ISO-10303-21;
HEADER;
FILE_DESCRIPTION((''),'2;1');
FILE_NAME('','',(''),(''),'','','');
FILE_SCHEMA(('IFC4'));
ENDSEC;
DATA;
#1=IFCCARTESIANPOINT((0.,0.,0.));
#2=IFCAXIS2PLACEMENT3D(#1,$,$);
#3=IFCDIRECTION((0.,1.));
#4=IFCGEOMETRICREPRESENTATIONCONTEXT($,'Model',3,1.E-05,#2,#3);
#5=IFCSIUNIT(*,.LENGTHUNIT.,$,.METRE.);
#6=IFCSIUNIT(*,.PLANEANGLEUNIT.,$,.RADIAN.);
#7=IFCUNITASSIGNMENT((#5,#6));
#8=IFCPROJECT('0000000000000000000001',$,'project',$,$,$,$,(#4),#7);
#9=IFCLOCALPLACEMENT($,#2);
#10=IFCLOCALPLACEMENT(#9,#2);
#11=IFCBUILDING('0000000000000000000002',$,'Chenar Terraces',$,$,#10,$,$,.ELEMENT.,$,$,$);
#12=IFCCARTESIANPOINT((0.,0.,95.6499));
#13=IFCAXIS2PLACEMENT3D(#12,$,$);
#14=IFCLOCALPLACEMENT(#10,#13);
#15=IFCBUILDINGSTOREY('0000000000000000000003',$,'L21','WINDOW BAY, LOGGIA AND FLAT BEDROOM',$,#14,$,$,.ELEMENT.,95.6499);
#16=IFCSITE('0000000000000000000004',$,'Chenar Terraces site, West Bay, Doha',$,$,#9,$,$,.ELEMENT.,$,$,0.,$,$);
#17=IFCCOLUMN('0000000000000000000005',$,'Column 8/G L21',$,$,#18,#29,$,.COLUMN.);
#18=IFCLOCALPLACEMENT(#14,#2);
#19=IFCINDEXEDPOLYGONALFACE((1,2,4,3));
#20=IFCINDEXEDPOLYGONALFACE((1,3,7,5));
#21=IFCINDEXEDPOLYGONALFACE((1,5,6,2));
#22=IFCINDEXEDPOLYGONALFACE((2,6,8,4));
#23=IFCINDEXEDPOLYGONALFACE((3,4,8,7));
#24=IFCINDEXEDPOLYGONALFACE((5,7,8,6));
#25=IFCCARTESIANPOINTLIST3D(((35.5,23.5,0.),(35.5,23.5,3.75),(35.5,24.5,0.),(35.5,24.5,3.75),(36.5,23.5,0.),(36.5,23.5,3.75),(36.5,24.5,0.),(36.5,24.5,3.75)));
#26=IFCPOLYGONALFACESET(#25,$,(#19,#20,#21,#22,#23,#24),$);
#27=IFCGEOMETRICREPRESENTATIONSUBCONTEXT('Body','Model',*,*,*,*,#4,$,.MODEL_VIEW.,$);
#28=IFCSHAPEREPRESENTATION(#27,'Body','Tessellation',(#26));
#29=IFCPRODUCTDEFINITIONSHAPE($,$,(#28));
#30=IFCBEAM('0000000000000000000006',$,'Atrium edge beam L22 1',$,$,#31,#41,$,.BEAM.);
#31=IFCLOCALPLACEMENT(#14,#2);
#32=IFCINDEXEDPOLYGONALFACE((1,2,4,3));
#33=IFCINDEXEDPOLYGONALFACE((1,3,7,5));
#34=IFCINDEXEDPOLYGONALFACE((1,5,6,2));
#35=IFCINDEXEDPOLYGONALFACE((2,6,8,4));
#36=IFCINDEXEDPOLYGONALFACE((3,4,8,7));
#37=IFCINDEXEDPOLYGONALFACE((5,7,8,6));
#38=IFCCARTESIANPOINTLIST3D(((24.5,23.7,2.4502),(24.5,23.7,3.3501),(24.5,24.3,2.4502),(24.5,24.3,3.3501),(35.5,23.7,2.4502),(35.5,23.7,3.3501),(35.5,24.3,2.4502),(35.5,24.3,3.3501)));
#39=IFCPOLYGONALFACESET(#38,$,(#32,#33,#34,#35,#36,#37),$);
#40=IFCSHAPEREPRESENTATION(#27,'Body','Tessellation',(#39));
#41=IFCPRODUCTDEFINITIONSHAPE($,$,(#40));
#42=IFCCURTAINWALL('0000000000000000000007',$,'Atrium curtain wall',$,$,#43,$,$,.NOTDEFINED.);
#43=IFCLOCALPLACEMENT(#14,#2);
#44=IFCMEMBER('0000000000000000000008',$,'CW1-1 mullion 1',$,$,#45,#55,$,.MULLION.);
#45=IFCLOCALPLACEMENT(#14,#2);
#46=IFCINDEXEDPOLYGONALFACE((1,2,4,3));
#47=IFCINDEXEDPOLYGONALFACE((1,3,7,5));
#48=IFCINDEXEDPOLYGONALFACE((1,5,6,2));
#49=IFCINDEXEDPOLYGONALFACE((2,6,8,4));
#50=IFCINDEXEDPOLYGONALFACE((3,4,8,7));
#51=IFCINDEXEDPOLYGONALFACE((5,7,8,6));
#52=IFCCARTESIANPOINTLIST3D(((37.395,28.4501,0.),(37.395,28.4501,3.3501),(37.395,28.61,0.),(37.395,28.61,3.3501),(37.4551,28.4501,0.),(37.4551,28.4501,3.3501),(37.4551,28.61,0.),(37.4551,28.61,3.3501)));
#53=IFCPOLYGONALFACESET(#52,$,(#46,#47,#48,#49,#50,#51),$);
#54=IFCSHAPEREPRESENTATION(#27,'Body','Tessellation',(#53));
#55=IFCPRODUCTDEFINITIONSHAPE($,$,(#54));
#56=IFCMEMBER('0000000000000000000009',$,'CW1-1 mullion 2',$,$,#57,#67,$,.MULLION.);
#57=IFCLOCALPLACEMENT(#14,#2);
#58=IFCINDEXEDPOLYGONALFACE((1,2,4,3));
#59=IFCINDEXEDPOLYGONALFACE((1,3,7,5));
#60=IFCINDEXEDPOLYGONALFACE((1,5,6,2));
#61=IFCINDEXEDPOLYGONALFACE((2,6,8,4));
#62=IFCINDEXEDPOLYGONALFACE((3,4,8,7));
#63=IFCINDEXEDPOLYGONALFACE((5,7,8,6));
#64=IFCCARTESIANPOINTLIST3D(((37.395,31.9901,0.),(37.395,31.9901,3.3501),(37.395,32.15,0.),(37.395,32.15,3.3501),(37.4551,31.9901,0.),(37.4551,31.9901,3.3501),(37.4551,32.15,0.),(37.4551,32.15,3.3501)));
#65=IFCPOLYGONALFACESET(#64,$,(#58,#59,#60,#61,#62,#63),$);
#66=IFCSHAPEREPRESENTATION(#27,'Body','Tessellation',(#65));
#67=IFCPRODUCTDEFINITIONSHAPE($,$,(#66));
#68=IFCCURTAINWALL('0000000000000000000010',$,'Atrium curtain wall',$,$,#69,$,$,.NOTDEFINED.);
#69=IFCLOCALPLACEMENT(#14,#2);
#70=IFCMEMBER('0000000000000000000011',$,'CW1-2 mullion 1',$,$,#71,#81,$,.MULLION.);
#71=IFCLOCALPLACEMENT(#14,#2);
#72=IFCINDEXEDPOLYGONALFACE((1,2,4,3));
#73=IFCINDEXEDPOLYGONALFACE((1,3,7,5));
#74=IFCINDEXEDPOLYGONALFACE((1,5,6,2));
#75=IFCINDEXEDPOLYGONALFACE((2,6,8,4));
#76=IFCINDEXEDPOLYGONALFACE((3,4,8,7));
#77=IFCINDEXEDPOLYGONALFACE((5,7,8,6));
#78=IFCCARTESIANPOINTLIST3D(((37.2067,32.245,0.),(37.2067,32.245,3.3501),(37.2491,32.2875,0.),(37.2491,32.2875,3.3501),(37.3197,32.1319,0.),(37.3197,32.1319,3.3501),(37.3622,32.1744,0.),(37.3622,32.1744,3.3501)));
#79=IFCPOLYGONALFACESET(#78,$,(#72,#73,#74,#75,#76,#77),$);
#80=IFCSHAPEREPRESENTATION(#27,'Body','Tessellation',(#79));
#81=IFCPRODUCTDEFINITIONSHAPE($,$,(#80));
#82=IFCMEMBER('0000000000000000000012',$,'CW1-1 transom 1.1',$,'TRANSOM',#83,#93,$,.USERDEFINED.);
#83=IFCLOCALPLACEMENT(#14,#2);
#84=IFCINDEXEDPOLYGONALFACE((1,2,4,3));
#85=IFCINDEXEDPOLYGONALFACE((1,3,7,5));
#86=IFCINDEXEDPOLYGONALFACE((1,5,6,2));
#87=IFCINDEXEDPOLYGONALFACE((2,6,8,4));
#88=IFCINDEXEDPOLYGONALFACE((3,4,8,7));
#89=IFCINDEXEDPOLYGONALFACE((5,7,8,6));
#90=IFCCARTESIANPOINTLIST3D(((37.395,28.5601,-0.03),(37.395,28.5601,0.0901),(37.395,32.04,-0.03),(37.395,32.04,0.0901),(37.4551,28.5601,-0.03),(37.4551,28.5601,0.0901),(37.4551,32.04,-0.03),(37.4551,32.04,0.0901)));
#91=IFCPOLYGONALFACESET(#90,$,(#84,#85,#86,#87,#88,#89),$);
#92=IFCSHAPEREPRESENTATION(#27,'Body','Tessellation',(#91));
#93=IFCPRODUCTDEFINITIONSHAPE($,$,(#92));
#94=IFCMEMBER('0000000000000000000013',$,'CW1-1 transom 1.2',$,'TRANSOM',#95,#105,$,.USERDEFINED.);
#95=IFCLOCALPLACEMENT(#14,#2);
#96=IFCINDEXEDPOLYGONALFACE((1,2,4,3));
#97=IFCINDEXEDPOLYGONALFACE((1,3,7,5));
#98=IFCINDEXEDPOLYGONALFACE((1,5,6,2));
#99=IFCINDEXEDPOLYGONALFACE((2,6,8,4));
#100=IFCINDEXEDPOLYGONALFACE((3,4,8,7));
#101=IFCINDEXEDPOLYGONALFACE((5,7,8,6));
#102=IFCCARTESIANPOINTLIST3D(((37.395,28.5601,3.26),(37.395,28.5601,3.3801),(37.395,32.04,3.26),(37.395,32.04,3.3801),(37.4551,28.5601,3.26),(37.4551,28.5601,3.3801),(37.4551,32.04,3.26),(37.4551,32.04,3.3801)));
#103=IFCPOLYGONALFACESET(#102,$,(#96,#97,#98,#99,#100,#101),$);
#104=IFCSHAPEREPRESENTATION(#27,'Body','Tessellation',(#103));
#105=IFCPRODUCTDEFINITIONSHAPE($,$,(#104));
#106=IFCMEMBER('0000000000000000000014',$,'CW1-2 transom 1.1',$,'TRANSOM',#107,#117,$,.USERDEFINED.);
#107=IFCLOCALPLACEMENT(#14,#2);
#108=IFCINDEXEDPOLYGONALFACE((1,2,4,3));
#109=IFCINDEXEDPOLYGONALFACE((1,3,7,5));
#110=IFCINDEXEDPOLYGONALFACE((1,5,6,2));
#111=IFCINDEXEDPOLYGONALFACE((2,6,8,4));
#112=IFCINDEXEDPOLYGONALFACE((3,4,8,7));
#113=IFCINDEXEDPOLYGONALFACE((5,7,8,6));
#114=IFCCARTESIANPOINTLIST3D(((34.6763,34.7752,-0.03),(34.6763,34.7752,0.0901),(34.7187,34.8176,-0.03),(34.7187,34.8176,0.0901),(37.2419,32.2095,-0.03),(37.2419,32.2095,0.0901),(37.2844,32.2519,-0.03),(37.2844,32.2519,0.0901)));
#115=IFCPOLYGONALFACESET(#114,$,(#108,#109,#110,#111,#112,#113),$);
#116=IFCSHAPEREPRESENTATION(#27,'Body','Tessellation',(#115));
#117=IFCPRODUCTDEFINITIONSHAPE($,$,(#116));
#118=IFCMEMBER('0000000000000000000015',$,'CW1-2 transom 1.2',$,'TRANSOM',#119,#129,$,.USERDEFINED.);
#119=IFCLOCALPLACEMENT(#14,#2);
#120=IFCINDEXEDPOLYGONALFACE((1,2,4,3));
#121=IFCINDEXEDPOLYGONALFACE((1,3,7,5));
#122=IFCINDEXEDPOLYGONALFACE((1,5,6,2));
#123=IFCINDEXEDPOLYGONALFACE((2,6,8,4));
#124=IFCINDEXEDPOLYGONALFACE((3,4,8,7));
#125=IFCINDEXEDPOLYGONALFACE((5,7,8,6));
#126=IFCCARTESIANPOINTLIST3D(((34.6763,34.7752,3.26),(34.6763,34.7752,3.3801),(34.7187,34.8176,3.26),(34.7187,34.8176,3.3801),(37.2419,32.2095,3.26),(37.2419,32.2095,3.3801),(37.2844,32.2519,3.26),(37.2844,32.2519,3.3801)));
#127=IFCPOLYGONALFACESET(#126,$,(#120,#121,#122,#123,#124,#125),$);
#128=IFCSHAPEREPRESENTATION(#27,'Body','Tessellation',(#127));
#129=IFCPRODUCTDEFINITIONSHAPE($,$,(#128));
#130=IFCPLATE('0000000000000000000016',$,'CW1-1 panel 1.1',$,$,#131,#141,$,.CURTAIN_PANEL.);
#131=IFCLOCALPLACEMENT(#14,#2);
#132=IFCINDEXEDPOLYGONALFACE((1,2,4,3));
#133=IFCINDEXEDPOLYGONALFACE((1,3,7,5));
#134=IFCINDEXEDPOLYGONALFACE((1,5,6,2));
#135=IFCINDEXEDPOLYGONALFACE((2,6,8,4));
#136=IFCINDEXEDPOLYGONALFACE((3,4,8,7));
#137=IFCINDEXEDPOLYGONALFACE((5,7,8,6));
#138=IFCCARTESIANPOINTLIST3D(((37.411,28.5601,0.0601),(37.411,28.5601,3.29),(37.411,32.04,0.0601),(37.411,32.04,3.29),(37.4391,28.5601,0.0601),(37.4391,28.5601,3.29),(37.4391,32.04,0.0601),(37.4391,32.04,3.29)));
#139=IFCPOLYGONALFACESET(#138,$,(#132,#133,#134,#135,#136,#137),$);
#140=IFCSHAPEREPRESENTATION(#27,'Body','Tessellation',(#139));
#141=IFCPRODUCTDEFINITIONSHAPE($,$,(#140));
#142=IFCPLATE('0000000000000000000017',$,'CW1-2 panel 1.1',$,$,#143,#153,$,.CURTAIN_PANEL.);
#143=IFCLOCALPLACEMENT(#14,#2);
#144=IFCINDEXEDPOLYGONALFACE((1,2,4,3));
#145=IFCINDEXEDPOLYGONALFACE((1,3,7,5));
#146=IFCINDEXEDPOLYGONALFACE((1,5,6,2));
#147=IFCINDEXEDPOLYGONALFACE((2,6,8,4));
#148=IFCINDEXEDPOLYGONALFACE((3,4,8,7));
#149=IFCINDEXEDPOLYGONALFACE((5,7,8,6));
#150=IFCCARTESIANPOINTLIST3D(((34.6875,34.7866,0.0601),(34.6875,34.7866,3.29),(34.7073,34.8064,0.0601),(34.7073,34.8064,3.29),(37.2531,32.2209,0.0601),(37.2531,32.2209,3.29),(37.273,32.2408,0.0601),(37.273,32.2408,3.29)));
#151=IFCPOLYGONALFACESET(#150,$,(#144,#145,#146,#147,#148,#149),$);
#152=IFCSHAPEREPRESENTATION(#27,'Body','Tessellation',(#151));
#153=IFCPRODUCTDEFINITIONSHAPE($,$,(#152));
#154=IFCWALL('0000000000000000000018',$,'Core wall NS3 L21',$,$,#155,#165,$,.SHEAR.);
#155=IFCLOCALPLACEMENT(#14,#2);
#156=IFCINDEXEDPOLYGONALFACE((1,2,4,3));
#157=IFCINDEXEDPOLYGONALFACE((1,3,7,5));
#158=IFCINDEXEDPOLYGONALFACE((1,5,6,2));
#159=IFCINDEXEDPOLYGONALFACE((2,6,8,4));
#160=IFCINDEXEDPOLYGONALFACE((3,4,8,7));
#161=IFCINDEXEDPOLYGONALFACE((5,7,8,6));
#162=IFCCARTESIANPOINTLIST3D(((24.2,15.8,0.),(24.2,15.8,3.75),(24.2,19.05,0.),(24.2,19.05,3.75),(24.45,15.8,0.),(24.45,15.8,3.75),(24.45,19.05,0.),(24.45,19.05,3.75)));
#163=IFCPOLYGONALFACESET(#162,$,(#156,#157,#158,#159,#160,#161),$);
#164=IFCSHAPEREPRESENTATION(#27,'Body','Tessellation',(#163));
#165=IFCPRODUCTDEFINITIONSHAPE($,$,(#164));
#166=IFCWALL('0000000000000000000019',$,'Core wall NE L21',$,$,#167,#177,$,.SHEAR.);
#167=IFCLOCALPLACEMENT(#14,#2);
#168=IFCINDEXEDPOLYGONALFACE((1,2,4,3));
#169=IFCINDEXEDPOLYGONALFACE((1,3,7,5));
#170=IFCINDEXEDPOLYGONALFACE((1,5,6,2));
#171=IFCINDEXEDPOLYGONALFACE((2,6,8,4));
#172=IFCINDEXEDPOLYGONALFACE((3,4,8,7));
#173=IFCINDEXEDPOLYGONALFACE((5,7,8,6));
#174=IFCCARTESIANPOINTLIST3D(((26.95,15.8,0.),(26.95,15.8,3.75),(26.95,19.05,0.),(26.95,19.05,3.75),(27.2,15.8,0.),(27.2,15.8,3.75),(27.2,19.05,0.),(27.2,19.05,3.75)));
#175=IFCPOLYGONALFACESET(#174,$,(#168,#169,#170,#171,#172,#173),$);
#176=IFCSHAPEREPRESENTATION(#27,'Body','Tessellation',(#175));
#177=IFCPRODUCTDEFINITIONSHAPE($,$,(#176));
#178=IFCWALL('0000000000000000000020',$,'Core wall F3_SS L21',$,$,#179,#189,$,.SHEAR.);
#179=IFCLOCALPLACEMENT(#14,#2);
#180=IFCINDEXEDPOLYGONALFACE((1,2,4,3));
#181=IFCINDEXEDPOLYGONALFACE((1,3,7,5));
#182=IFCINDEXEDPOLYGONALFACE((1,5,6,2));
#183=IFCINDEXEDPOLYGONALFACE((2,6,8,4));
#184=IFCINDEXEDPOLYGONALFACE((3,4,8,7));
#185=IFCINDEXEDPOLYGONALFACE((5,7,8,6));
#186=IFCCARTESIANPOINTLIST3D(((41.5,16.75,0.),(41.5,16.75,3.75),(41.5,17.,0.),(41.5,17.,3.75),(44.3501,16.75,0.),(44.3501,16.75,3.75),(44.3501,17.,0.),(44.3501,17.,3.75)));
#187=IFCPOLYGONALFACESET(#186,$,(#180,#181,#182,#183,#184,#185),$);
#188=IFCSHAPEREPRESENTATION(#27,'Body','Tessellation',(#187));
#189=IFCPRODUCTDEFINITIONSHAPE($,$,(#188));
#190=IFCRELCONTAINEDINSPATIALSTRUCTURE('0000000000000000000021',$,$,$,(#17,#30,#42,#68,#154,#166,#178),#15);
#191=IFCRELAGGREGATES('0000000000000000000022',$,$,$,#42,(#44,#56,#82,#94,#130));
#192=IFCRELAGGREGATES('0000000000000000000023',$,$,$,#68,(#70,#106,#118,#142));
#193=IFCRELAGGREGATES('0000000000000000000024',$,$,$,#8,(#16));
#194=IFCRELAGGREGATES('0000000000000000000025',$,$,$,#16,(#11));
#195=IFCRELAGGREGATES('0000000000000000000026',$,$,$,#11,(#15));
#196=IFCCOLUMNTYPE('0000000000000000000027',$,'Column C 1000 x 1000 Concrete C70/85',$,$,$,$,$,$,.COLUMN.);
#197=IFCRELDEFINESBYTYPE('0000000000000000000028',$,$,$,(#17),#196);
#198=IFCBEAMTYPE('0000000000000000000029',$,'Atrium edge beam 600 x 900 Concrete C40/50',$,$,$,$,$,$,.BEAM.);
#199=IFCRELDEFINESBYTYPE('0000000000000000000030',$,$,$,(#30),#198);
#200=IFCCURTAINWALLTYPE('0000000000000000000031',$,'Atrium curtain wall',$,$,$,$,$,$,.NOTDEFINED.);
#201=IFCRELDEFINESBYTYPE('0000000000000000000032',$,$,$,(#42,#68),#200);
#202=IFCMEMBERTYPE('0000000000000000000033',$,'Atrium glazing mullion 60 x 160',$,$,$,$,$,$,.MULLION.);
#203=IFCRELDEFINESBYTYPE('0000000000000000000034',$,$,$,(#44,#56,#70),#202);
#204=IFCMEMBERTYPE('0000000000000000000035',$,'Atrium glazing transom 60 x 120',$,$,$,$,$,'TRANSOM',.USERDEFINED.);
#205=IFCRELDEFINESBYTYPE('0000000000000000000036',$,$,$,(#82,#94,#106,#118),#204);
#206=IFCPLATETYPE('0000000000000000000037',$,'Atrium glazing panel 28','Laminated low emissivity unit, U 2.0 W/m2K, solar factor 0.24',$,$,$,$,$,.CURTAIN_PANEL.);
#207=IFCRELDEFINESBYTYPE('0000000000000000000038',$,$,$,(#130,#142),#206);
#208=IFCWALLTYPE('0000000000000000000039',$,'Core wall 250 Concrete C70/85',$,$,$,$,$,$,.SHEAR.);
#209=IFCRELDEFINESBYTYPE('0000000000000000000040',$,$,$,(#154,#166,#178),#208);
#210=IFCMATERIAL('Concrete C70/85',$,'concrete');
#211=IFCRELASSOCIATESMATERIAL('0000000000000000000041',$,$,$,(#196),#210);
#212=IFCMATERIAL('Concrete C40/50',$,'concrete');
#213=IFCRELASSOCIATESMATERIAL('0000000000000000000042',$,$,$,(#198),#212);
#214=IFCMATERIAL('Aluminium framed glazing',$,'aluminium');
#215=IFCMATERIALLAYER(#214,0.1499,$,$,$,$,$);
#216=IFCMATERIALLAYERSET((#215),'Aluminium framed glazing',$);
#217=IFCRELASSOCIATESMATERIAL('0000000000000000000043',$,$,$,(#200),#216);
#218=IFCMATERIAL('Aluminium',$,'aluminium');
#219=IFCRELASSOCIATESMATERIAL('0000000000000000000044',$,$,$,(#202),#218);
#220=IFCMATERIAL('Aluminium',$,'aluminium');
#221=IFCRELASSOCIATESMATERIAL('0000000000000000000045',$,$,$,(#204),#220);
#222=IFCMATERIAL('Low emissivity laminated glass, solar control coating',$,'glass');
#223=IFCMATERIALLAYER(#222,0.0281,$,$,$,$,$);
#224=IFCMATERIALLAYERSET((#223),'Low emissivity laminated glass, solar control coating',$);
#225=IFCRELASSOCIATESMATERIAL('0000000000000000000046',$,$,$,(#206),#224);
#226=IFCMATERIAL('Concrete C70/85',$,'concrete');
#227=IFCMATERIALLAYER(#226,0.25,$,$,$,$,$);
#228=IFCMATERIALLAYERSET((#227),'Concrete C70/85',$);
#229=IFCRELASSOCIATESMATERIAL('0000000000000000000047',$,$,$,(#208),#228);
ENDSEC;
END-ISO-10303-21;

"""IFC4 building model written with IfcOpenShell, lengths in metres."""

from ifc_helpers import new_model, si_unit, direction, frame, frame_2d, origin, origin_2d, place, context, subcontext, project, spatial, rectangle, extrude, material, layer, layer_set, material_profile, profile_set, type_object, element, aggregate, save


model = new_model("IFC4")

# Units and contexts
model_context = context("Model", 3, precision=1e-05, world=origin(), true_north=direction((0.0, 1.0)))
body_context = subcontext(model_context, "Body", "Model", "MODEL_VIEW")
ifc_project = project(units=[si_unit("LENGTHUNIT", "METRE"), si_unit("PLANEANGLEUNIT", "RADIAN")], contexts=[model_context])

# Site, building, storey
site_placement = place(None, origin())
site = spatial("IfcSite", under=ifc_project, at=site_placement, Name="Chenar Terraces site, West Bay, Doha", CompositionType="ELEMENT", RefElevation=0.0)
building_placement = place(site_placement, origin())
building = spatial("IfcBuilding", under=site, at=building_placement, Name="Chenar Terraces", CompositionType="ELEMENT")
storey_placement = place(building_placement, frame((0.0, 0.0, 95.6499)))
storey = spatial("IfcBuildingStorey", under=building, at=storey_placement, Name="L21", Description="WINDOW BAY, LOGGIA AND FLAT BEDROOM", CompositionType="ELEMENT", Elevation=95.6499)

# Column
ifc_material_1 = material(Name="Concrete C70/85", Category="concrete")
ifc_material_profile_1 = material_profile(ifc_material_1, rectangle(XDim=1.0, YDim=1.0, at=origin_2d()), Name="C 1000 x 1000")
ifc_profile_set_1 = profile_set([ifc_material_profile_1], Name="Concrete C70/85")
column_type = type_object("IfcColumnType", Name="Column C 1000 x 1000 Concrete C70/85", PredefinedType="COLUMN", material=ifc_profile_set_1)
column_placement = place(storey_placement, frame((36.0, 24.0, 0.0), z_axis=(0.0, 0.0, 1.0), x_axis=(1.0, 0.0, 0.0)))
element("IfcColumn", 1, at=column_placement, inside=storey, type_object=column_type, Name="Column 8/G L21", PredefinedType="COLUMN", context=body_context, shape_type="SweptSolid", body=[
    extrude(rectangle(XDim=1.0, YDim=1.0, at=origin_2d()), origin(), (0.0, 0.0, 1.0), 3.75),
])

# Beam
ifc_material_2 = material(Name="Concrete C40/50", Category="concrete")
ifc_material_profile_2 = material_profile(ifc_material_2, rectangle(XDim=0.6001, YDim=0.8999, at=origin_2d()), Name="RC 600 x 900")
ifc_profile_set_2 = profile_set([ifc_material_profile_2], Name="Concrete C40/50")
beam_type = type_object("IfcBeamType", Name="Atrium edge beam 600 x 900 Concrete C40/50", PredefinedType="BEAM", material=ifc_profile_set_2)
beam_placement = place(storey_placement, frame((24.5, 24.0, 2.9001), z_axis=(1.0, 0.0, 0.0), x_axis=(0.0, 1.0, 0.0)))
element("IfcBeam", 2, at=beam_placement, inside=storey, type_object=beam_type, Name="Atrium edge beam L22 1", PredefinedType="BEAM", context=body_context, shape_type="SweptSolid", body=[
    extrude(rectangle(XDim=0.6001, YDim=0.8999, at=origin_2d()), origin(), (0.0, 0.0, 1.0), 11.0),
])

# Curtain wall, members
ifc_material_3 = material(Name="Aluminium framed glazing", Category="aluminium")
ifc_layer_1 = layer(ifc_material_3, 0.1499)
ifc_layer_set_1 = layer_set([ifc_layer_1], Name="Aluminium framed glazing")
curtain_wall_type = type_object("IfcCurtainWallType", Name="Atrium curtain wall", PredefinedType="NOTDEFINED", material=ifc_layer_set_1)
placement = place(storey_placement, origin())
curtain_wall_1 = element("IfcCurtainWall", 3, at=placement, inside=storey, type_object=curtain_wall_type, Name="Atrium curtain wall", PredefinedType="NOTDEFINED")
ifc_material_4 = material(Name="Aluminium", Category="aluminium")
ifc_material_profile_3 = material_profile(ifc_material_4, rectangle(XDim=0.0601, YDim=0.1599, at=origin_2d()), Name="Atrium glazing mullion 60 x 160")
ifc_profile_set_3 = profile_set([ifc_material_profile_3], Name="Aluminium")
member_type_1 = type_object("IfcMemberType", Name="Atrium glazing mullion 60 x 160", PredefinedType="MULLION", material=ifc_profile_set_3)
member_1_placement = place(storey_placement, frame((37.425, 28.53, 0.0), z_axis=(0.0, 0.0, 1.0), x_axis=(-1.0, 0.0, 0.0)))
member_1 = element("IfcMember", 4, at=member_1_placement, type_object=member_type_1, Name="CW1-1 mullion 1", PredefinedType="MULLION", context=body_context, shape_type="SweptSolid", body=[
    extrude(rectangle(XDim=0.0601, YDim=0.1599, at=origin_2d()), origin(), (0.0, 0.0, 1.0), 3.3501),
])
member_2_placement = place(storey_placement, frame((37.425, 32.0701, 0.0), z_axis=(0.0, 0.0, 1.0), x_axis=(-1.0, 0.0, 0.0)))
member_2 = element("IfcMember", 5, at=member_2_placement, type_object=member_type_1, Name="CW1-1 mullion 2", PredefinedType="MULLION", context=body_context, shape_type="SweptSolid", body=[
    extrude(rectangle(XDim=0.0601, YDim=0.1599, at=origin_2d()), origin(), (0.0, 0.0, 1.0), 3.3501),
])

# Curtain wall, member
curtain_wall_2 = element("IfcCurtainWall", 6, at=placement, inside=storey, type_object=curtain_wall_type, Name="Atrium curtain wall", PredefinedType="NOTDEFINED")
member_3_placement = place(storey_placement, frame((37.2844, 32.2097, 0.0), z_axis=(0.0, 0.0, 1.0), x_axis=(-0.707107, -0.707107, 0.0)))
member_3 = element("IfcMember", 7, at=member_3_placement, type_object=member_type_1, Name="CW1-2 mullion 1", PredefinedType="MULLION", context=body_context, shape_type="SweptSolid", body=[
    extrude(rectangle(XDim=0.0601, YDim=0.1599, at=origin_2d()), origin(), (0.0, 0.0, 1.0), 3.3501),
])

# Members
ifc_material_5 = material(Name="Aluminium", Category="aluminium")
ifc_material_profile_4 = material_profile(ifc_material_5, rectangle(XDim=0.0601, YDim=0.1201, at=origin_2d()), Name="Atrium glazing transom 60 x 120")
ifc_profile_set_4 = profile_set([ifc_material_profile_4], Name="Aluminium")
member_type_2 = type_object("IfcMemberType", Name="Atrium glazing transom 60 x 120", ElementType="TRANSOM", PredefinedType="USERDEFINED", material=ifc_profile_set_4)
member_4_placement = place(storey_placement, frame((37.425, 28.5601, 0.03), z_axis=(0.0, 1.0, 0.0), x_axis=(-1.0, 0.0, 0.0)))
member_4 = element("IfcMember", 8, at=member_4_placement, type_object=member_type_2, Name="CW1-1 transom 1.1", ObjectType="TRANSOM", PredefinedType="USERDEFINED", context=body_context, shape_type="SweptSolid", body=[
    extrude(rectangle(XDim=0.0601, YDim=0.1201, at=origin_2d()), origin(), (0.0, 0.0, 1.0), 3.48),
])
member_5_placement = place(storey_placement, frame((37.425, 28.5601, 3.3201), z_axis=(0.0, 1.0, 0.0), x_axis=(-1.0, 0.0, 0.0)))
member_5 = element("IfcMember", 9, at=member_5_placement, type_object=member_type_2, Name="CW1-1 transom 1.2", ObjectType="TRANSOM", PredefinedType="USERDEFINED", context=body_context, shape_type="SweptSolid", body=[
    extrude(rectangle(XDim=0.0601, YDim=0.1201, at=origin_2d()), origin(), (0.0, 0.0, 1.0), 3.48),
])
member_6_placement = place(storey_placement, frame((37.2632, 32.2307, 0.03), z_axis=(-0.707107, 0.707107, 0.0), x_axis=(-0.707107, -0.707107, 0.0)))
member_6 = element("IfcMember", 10, at=member_6_placement, type_object=member_type_2, Name="CW1-2 transom 1.1", ObjectType="TRANSOM", PredefinedType="USERDEFINED", context=body_context, shape_type="SweptSolid", body=[
    extrude(rectangle(XDim=0.0601, YDim=0.1201, at=origin_2d()), origin(), (0.0, 0.0, 1.0), 3.6284),
])
member_7_placement = place(storey_placement, frame((37.2632, 32.2307, 3.3201), z_axis=(-0.707107, 0.707107, 0.0), x_axis=(-0.707107, -0.707107, 0.0)))
member_7 = element("IfcMember", 11, at=member_7_placement, type_object=member_type_2, Name="CW1-2 transom 1.2", ObjectType="TRANSOM", PredefinedType="USERDEFINED", context=body_context, shape_type="SweptSolid", body=[
    extrude(rectangle(XDim=0.0601, YDim=0.1201, at=origin_2d()), origin(), (0.0, 0.0, 1.0), 3.6284),
])

# Plates
ifc_material_6 = material(Name="Low emissivity laminated glass, solar control coating", Category="glass")
ifc_layer_2 = layer(ifc_material_6, 0.0281)
ifc_layer_set_2 = layer_set([ifc_layer_2], Name="Low emissivity laminated glass, solar control coating")
plate_type = type_object("IfcPlateType", Name="Atrium glazing panel 28", Description="Laminated low emissivity unit, U 2.0 W/m2K, solar factor 0.24", PredefinedType="CURTAIN_PANEL", material=ifc_layer_set_2)
plate_1_placement = place(storey_placement, frame((37.425, 30.3, 0.0601), z_axis=(0.0, 0.0, 1.0), x_axis=(0.0, 1.0, 0.0)))
plate_1 = element("IfcPlate", 12, at=plate_1_placement, type_object=plate_type, Name="CW1-1 panel 1.1", PredefinedType="CURTAIN_PANEL", context=body_context, shape_type="SweptSolid", body=[
    extrude(rectangle(XDim=3.48, YDim=0.0281, at=origin_2d()), origin(), (0.0, 0.0, 1.0), 3.23),
])
aggregate(curtain_wall_1, [member_1, member_2, member_4, member_5, plate_1])
plate_2_placement = place(storey_placement, frame((35.9802, 33.5137, 0.0601), z_axis=(0.0, 0.0, 1.0), x_axis=(-0.707107, 0.707107, 0.0)))
plate_2 = element("IfcPlate", 13, at=plate_2_placement, type_object=plate_type, Name="CW1-2 panel 1.1", PredefinedType="CURTAIN_PANEL", context=body_context, shape_type="SweptSolid", body=[
    extrude(rectangle(XDim=3.6284, YDim=0.0281, at=origin_2d()), origin(), (0.0, 0.0, 1.0), 3.23),
])
aggregate(curtain_wall_2, [member_3, member_6, member_7, plate_2])

# Walls
ifc_material_7 = material(Name="Concrete C70/85", Category="concrete")
ifc_layer_3 = layer(ifc_material_7, 0.25)
ifc_layer_set_3 = layer_set([ifc_layer_3], Name="Concrete C70/85")
wall_type_1 = type_object("IfcWallType", Name="Core wall 250 Concrete C70/85", PredefinedType="SHEAR", material=ifc_layer_set_3)
for number, where, z_axis, x_axis, name in (
    (14, (24.325, 15.8, 0.0), (0.0, 0.0, 1.0), (0.0, 1.0, 0.0), "Core wall NS3 L21"),
    (15, (27.075, 15.8, 0.0), (0.0, 0.0, 1.0), (0.0, 1.0, 0.0), "Core wall NE L21"),
):
    element("IfcWall", number, at=place(storey_placement, frame(where, z_axis=z_axis, x_axis=x_axis)), inside=storey, type_object=wall_type_1, Name=name, PredefinedType="SHEAR", context=body_context, shape_type="SweptSolid", body=[
        extrude(rectangle(XDim=3.25, YDim=0.25, at=frame_2d((1.625, 0.0))), origin(), (0.0, 0.0, 1.0), 3.75),
    ])
for number, where, z_axis, x_axis, name in (
    (16, (41.5, 16.875, 0.0), (0.0, 0.0, 1.0), (1.0, 0.0, 0.0), "Core wall F3_SS L21"),
):
    element("IfcWall", number, at=place(storey_placement, frame(where, z_axis=z_axis, x_axis=x_axis)), inside=storey, type_object=wall_type_1, Name=name, PredefinedType="SHEAR", context=body_context, shape_type="SweptSolid", body=[
        extrude(rectangle(XDim=2.8501, YDim=0.25, at=frame_2d((1.425, 0.0))), origin(), (0.0, 0.0, 1.0), 3.75),
    ])

save(model, "model.ifc")
